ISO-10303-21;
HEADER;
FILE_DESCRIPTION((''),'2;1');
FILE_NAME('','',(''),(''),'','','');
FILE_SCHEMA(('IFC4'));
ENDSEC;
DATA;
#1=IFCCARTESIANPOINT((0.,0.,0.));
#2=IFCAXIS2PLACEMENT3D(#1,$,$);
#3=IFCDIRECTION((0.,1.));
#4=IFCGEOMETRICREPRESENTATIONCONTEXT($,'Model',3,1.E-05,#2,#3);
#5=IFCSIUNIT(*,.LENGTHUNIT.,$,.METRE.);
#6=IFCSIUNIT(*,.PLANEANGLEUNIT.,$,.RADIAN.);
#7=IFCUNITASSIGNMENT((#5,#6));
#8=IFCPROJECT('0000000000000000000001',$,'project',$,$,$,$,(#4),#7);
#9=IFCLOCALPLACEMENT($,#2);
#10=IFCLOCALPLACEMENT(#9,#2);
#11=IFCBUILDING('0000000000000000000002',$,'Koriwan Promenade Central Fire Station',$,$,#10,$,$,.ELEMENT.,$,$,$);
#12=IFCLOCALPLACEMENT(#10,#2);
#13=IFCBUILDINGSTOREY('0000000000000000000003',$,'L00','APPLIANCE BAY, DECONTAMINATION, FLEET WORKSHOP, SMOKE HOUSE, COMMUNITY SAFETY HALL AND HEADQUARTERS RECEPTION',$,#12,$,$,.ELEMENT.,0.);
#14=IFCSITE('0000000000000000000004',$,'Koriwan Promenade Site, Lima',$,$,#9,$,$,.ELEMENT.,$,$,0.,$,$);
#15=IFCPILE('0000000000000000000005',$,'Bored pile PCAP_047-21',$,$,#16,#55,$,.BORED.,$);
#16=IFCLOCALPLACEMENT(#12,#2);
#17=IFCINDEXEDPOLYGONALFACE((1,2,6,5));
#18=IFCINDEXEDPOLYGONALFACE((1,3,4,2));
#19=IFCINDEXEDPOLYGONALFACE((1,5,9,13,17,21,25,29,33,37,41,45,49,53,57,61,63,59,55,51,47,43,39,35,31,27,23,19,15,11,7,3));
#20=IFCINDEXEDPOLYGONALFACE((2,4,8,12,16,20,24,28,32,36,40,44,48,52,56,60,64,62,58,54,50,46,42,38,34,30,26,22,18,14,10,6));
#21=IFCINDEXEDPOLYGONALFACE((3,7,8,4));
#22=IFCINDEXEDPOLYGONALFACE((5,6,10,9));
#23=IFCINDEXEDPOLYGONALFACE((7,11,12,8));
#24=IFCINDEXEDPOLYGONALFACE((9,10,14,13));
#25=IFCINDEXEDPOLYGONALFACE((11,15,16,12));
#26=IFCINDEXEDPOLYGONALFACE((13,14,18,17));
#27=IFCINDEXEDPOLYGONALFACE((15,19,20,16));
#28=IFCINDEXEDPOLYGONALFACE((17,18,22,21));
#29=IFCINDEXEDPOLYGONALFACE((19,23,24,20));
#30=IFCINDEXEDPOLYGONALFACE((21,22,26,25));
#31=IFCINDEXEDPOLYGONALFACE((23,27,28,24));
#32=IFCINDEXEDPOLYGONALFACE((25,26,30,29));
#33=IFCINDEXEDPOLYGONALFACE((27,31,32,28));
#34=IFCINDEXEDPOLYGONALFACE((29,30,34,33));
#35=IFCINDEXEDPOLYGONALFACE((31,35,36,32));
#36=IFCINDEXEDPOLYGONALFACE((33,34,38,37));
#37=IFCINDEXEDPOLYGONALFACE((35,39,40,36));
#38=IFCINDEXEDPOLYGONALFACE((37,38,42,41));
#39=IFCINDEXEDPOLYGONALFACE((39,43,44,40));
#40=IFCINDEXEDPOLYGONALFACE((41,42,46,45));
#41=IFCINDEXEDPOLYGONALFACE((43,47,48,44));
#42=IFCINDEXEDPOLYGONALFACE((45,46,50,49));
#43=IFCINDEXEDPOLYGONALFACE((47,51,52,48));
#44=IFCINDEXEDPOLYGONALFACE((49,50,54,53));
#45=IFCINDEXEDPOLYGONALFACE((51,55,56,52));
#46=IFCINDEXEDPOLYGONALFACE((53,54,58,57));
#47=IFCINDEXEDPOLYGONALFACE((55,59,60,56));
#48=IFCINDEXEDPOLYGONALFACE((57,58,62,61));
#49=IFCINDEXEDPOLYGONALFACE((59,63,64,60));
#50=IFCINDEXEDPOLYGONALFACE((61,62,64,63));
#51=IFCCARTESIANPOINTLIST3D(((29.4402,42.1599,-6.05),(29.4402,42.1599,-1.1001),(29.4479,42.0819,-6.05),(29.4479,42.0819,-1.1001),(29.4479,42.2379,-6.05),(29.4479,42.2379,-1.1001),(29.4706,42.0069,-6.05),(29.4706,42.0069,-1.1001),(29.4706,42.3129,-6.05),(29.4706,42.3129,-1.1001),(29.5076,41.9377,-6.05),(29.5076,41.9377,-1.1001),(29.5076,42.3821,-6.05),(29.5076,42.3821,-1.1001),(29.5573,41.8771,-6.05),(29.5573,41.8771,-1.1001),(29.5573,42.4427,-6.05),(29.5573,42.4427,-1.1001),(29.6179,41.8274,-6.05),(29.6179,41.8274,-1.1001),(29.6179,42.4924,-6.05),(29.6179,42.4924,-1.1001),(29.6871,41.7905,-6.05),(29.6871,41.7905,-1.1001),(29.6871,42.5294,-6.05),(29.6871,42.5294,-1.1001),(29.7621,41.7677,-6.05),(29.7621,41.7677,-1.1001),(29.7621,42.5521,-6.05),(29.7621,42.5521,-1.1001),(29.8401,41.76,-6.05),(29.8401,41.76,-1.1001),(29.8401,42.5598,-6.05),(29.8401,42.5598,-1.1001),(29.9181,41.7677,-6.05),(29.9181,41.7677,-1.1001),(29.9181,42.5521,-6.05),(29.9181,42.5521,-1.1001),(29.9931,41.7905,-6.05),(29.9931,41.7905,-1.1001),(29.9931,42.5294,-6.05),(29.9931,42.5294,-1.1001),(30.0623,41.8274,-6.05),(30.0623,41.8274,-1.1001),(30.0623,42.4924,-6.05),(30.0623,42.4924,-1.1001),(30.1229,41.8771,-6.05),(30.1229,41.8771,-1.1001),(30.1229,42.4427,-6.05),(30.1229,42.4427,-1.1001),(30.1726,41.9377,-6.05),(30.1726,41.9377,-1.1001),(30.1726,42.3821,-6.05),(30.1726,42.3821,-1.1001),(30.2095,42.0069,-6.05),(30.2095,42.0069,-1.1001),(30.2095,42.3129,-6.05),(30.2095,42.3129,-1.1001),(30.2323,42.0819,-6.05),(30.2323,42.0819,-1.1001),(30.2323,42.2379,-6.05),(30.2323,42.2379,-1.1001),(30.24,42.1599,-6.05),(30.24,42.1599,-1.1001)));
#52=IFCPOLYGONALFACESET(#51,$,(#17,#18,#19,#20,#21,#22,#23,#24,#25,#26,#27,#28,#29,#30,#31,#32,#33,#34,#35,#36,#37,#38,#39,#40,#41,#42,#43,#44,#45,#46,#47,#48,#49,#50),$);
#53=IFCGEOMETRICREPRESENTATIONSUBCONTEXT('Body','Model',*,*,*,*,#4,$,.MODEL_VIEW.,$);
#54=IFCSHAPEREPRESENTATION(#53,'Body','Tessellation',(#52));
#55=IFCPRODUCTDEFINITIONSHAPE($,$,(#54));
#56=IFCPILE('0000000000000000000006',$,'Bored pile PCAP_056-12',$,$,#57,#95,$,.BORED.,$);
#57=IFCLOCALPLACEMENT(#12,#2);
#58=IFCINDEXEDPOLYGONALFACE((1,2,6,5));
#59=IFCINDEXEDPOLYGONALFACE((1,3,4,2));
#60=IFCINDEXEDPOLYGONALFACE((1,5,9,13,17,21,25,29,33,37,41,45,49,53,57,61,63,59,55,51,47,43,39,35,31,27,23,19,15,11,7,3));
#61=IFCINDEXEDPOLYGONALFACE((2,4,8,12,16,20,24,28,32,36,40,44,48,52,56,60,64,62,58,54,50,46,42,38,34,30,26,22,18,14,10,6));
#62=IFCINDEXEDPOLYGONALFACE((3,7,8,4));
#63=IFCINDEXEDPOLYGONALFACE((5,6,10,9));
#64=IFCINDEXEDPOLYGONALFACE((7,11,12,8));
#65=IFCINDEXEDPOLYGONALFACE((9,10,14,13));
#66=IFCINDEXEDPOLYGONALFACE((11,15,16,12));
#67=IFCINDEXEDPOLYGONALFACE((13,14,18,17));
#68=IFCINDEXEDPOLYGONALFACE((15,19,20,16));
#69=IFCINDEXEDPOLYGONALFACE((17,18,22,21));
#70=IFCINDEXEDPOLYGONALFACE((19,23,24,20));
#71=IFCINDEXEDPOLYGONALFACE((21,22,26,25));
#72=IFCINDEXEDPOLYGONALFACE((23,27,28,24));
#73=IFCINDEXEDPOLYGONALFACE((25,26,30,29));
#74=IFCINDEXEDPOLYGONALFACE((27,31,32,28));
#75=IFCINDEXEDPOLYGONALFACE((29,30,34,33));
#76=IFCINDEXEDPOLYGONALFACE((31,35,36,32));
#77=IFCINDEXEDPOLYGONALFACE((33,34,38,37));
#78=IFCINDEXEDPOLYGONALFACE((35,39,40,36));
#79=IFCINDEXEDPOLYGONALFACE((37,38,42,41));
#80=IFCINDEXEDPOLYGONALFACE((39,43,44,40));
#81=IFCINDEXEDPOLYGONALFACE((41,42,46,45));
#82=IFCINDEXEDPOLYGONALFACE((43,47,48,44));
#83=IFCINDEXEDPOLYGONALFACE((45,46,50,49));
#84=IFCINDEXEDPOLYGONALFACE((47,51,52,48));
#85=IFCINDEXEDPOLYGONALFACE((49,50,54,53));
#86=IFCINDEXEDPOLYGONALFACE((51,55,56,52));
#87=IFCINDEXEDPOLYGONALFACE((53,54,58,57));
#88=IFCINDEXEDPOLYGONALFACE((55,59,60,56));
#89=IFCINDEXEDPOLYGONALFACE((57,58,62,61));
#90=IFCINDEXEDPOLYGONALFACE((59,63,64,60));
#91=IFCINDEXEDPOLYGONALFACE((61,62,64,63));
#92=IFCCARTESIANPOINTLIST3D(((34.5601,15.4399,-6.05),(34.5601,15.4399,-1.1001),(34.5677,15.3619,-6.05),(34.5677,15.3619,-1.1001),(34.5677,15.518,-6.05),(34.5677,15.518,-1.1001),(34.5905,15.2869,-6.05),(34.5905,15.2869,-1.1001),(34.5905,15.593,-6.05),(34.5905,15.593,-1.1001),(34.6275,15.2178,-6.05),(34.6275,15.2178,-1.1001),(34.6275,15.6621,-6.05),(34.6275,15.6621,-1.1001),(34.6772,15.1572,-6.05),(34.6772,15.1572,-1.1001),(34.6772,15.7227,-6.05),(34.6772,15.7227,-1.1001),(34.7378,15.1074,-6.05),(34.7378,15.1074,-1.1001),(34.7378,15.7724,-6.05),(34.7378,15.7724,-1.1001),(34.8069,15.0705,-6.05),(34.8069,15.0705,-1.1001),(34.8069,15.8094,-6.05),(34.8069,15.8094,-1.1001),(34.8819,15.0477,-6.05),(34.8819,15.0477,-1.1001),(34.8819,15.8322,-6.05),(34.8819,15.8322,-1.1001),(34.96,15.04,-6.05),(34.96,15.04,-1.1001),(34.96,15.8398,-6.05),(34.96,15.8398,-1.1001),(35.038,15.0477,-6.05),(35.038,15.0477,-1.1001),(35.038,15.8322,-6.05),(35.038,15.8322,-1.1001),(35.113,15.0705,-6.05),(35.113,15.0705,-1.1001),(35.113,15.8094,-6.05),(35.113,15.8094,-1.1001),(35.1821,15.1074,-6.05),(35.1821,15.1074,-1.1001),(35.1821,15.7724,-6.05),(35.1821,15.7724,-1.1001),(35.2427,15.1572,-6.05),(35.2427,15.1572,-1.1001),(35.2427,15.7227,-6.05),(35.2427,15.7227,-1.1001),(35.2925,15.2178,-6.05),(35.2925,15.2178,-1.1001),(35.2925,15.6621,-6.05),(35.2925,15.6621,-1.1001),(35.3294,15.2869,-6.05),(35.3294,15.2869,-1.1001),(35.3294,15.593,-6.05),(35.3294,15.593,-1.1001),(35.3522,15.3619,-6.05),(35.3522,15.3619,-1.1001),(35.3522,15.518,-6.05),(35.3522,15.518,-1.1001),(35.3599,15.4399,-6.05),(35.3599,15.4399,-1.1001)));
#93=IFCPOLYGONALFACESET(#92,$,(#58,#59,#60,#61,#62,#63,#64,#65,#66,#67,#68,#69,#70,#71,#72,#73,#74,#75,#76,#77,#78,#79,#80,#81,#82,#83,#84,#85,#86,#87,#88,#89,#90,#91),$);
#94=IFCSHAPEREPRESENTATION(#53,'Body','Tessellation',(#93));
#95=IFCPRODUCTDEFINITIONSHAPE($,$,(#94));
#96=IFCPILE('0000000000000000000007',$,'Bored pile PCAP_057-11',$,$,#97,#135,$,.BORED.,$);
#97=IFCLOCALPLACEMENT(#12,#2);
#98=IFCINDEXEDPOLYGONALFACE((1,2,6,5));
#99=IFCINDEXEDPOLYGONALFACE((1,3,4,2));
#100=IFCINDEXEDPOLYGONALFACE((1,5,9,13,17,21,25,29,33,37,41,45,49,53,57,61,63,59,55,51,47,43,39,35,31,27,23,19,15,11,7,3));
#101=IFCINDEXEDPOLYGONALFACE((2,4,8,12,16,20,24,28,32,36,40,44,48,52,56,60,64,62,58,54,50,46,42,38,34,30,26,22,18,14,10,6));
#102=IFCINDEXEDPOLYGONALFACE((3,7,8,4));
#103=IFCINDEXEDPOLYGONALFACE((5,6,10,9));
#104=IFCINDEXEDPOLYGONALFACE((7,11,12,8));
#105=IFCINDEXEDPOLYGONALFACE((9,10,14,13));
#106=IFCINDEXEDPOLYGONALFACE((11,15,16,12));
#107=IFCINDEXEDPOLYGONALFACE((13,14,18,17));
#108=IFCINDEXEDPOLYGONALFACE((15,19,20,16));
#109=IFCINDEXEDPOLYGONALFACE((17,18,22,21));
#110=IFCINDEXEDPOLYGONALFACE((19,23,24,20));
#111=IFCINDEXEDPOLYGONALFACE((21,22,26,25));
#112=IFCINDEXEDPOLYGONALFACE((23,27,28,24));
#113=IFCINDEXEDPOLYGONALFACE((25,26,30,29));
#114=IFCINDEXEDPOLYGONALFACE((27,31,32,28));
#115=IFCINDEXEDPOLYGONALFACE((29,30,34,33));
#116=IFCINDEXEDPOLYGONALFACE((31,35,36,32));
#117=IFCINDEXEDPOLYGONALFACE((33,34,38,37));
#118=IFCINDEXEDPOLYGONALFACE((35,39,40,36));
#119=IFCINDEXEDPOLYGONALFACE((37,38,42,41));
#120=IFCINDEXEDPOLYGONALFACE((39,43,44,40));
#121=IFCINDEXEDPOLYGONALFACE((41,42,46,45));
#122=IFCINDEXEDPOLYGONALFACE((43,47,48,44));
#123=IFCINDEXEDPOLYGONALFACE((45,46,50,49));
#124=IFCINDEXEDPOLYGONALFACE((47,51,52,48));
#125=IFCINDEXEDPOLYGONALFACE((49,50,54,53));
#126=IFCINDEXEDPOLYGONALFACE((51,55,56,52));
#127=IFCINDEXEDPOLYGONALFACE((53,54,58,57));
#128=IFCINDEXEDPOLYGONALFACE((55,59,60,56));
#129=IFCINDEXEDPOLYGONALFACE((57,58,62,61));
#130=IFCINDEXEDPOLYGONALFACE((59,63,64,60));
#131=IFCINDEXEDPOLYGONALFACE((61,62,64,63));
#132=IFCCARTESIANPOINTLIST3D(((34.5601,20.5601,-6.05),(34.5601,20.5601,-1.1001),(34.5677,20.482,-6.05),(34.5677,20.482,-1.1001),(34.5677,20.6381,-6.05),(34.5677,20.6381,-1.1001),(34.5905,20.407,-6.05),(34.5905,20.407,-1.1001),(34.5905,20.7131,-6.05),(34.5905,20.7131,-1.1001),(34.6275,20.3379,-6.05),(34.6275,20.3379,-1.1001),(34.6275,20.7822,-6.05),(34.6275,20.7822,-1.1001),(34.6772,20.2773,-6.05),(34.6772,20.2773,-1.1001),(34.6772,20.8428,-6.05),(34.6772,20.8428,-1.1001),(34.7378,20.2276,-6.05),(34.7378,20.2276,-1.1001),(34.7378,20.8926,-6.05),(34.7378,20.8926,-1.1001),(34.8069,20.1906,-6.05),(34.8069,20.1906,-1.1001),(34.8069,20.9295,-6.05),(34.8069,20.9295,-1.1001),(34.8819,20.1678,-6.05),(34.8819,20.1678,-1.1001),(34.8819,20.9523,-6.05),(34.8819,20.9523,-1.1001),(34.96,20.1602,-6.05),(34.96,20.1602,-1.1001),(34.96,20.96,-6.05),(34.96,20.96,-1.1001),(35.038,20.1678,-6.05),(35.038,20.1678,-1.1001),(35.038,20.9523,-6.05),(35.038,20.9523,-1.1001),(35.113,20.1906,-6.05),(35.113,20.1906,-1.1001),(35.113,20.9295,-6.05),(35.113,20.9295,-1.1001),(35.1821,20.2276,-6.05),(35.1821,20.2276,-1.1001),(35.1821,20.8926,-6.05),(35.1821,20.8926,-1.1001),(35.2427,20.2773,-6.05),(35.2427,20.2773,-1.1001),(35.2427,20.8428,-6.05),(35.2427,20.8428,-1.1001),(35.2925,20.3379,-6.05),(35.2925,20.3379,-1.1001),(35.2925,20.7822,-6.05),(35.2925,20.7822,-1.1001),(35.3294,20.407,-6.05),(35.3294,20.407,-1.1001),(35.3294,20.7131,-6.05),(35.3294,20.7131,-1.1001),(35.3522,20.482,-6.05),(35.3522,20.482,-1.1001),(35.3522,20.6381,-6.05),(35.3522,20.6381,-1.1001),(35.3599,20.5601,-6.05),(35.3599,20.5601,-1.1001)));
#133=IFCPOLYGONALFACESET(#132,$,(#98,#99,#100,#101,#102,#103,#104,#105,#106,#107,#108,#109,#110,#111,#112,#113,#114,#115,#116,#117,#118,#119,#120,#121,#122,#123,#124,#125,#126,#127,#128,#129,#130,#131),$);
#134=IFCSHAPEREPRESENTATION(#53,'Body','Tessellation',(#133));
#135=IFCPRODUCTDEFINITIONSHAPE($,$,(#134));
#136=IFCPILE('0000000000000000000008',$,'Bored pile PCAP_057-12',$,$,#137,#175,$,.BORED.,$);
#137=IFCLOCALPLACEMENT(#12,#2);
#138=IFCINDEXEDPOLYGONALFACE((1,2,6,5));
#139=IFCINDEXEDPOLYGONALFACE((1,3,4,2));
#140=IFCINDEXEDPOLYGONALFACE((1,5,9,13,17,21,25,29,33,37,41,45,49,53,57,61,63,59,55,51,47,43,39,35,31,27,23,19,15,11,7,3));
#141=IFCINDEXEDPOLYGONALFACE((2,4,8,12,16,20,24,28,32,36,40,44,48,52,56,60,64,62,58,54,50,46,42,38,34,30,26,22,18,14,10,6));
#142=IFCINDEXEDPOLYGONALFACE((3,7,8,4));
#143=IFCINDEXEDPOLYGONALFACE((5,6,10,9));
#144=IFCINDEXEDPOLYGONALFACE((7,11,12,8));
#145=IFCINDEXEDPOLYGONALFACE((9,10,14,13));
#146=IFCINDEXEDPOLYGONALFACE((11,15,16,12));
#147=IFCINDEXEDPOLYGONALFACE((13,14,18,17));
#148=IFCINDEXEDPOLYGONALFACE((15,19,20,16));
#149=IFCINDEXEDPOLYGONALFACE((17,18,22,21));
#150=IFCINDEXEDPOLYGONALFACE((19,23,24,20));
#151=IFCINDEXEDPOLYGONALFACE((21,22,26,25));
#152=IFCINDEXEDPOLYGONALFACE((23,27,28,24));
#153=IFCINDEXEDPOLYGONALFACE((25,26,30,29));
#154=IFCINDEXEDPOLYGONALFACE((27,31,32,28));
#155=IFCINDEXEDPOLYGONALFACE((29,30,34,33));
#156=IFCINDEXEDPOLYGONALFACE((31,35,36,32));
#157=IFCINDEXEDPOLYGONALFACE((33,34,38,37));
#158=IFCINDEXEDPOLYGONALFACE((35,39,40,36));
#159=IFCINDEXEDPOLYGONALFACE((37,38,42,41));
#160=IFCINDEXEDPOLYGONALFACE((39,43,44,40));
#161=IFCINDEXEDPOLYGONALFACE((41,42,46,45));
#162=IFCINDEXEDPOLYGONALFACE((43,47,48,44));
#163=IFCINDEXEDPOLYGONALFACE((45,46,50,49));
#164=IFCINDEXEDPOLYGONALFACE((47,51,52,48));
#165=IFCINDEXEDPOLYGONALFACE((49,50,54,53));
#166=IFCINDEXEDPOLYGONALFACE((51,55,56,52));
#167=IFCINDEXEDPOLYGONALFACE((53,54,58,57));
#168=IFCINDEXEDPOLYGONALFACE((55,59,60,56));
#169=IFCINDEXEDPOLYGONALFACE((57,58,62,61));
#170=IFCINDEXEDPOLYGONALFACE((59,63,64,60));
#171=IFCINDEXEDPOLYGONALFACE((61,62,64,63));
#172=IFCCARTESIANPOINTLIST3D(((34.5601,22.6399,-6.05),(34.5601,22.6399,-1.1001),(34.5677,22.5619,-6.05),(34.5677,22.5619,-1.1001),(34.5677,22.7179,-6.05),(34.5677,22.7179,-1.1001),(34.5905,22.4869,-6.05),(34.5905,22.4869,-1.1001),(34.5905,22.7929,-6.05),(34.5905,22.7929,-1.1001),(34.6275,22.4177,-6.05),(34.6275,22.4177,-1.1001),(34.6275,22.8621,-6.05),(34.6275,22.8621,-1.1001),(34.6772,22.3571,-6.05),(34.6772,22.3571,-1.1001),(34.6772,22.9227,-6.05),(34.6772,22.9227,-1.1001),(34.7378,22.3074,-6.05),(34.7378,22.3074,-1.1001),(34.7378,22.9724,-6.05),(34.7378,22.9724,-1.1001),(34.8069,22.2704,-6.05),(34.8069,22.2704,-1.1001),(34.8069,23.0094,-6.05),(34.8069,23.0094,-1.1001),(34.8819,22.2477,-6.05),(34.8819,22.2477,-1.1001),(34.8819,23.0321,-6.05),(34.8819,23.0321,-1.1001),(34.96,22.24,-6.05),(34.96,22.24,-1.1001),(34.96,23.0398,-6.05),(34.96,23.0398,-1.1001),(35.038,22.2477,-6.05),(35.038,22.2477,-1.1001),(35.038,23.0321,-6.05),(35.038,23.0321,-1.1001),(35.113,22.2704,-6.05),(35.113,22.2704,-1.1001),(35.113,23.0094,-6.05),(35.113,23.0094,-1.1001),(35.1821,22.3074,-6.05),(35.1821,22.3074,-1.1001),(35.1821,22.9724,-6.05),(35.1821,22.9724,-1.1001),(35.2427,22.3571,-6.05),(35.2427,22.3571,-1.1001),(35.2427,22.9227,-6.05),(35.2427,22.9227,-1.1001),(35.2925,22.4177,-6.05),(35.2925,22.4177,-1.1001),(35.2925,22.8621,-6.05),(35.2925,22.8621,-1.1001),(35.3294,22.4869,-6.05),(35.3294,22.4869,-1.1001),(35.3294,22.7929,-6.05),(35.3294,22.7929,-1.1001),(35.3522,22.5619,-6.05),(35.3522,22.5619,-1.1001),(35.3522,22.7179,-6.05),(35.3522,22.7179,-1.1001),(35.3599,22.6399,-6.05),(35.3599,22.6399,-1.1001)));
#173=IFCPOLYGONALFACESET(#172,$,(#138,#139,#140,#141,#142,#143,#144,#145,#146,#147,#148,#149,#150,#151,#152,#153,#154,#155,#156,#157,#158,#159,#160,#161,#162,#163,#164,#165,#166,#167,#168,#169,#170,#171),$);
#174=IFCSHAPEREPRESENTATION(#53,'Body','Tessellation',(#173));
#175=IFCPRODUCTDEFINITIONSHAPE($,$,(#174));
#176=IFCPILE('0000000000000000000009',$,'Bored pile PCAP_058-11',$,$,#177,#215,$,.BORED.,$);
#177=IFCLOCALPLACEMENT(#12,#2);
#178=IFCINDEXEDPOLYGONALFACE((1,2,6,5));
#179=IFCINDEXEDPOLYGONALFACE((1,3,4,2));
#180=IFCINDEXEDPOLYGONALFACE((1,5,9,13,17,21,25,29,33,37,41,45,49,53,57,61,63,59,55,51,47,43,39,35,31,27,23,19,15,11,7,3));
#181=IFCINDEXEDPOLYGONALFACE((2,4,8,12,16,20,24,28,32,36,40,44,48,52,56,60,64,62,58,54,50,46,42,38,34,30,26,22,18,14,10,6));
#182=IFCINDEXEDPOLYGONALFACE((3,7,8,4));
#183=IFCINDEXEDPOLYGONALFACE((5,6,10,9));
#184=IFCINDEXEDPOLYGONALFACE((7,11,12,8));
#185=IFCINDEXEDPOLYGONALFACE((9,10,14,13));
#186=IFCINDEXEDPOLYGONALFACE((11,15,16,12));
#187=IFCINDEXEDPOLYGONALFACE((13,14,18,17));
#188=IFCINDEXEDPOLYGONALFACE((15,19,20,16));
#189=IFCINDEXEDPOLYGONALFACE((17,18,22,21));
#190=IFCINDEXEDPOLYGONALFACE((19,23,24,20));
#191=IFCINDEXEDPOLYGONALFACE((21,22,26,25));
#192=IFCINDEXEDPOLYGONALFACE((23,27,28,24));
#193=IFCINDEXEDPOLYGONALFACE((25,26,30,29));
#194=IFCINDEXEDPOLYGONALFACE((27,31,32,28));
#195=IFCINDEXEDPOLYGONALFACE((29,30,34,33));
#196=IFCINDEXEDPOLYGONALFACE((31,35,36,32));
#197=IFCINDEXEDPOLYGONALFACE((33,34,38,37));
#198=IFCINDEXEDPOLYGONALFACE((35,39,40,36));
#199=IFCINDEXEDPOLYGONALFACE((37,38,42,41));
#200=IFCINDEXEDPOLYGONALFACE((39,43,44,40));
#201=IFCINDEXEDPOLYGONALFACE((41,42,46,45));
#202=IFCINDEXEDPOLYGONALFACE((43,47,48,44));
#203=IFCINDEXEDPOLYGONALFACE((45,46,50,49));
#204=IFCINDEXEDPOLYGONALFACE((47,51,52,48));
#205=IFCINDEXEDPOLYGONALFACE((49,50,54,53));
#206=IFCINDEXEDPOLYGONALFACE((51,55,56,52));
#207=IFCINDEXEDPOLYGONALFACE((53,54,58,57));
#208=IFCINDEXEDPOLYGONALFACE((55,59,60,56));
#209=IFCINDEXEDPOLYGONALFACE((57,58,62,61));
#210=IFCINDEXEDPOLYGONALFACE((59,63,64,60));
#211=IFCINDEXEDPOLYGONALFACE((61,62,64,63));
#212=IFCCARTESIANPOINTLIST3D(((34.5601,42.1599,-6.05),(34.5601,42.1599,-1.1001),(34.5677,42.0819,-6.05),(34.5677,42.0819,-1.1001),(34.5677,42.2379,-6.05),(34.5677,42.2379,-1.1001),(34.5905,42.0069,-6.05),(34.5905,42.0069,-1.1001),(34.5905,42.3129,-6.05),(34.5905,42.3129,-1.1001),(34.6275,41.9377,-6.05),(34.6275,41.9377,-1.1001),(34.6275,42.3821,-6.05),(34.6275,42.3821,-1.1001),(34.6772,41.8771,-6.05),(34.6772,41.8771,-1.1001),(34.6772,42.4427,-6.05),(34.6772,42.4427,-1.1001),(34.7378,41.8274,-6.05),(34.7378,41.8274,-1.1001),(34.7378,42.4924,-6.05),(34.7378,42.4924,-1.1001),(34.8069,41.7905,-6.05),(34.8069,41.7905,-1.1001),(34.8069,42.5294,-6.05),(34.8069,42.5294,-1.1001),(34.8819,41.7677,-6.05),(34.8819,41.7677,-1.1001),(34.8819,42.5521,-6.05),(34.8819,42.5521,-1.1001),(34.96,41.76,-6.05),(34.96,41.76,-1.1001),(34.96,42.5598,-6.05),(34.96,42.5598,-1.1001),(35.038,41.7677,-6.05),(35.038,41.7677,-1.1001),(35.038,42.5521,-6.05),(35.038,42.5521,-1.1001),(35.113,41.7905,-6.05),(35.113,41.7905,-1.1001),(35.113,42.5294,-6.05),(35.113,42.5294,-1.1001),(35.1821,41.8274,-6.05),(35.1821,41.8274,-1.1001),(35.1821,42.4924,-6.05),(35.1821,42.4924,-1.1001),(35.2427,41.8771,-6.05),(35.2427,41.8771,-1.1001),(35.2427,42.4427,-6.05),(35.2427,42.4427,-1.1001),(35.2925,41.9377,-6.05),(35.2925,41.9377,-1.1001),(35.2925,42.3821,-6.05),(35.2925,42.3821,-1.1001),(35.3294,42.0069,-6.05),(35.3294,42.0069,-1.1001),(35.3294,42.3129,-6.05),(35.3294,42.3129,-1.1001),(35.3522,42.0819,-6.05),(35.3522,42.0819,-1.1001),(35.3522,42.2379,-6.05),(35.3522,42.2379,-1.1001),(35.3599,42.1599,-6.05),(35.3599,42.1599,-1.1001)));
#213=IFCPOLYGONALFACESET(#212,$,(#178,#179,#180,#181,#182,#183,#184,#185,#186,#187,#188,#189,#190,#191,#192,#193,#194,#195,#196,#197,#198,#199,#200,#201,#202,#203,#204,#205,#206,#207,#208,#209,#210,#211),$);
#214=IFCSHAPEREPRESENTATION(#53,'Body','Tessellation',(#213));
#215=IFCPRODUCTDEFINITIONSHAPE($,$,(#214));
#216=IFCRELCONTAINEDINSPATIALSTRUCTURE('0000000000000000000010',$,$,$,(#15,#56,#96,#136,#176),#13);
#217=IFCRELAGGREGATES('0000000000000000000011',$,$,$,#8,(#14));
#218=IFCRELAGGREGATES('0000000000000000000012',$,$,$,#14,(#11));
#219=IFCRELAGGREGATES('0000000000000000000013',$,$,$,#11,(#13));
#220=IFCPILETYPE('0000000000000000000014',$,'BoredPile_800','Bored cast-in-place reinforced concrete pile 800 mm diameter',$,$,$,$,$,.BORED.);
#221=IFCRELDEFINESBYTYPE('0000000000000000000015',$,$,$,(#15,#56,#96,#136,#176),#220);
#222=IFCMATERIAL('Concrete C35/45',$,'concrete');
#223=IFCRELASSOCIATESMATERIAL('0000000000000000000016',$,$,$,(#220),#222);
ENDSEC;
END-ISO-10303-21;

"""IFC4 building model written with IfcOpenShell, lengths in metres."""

from ifc_helpers import new_model, si_unit, direction, frame, origin, origin_2d, place, context, subcontext, project, spatial, circle, extrude, material, material_profile, profile_set, type_object, element, save


model = new_model("IFC4")

# Units and contexts
model_context = context("Model", 3, precision=1e-05, world=origin(), true_north=direction((0.0, 1.0)))
body_context = subcontext(model_context, "Body", "Model", "MODEL_VIEW")
ifc_project = project(units=[si_unit("LENGTHUNIT", "METRE"), si_unit("PLANEANGLEUNIT", "RADIAN")], contexts=[model_context])

# Site, building, storey
site_placement = place(None, origin())
site = spatial("IfcSite", under=ifc_project, at=site_placement, Name="Koriwan Promenade Site, Lima", CompositionType="ELEMENT", RefElevation=0.0)
building_placement = place(site_placement, origin())
building = spatial("IfcBuilding", under=site, at=building_placement, Name="Koriwan Promenade Central Fire Station", CompositionType="ELEMENT")
storey_placement = place(building_placement, origin())
storey = spatial("IfcBuildingStorey", under=building, at=storey_placement, Name="L00", Description="APPLIANCE BAY, DECONTAMINATION, FLEET WORKSHOP, SMOKE HOUSE, COMMUNITY SAFETY HALL AND HEADQUARTERS RECEPTION", CompositionType="ELEMENT", Elevation=0.0)

# Piles
ifc_material_1 = material(Name="Concrete C35/45", Category="concrete")
ifc_material_profile_1 = material_profile(ifc_material_1, circle(Radius=0.3999, at=origin_2d()), Name="PILE-D800")
ifc_profile_set_1 = profile_set([ifc_material_profile_1], Name="Concrete C35/45")
pile_type = type_object("IfcPileType", Name="BoredPile_800", Description="Bored cast-in-place reinforced concrete pile 800 mm diameter", PredefinedType="BORED", material=ifc_profile_set_1)
for number, where, z_axis, x_axis, name in (
    (1, (29.8401, 42.1599, -1.1001), (0.0, 0.0, -1.0), (1.0, 0.0, 0.0), "Bored pile PCAP_047-21"),
    (2, (34.96, 15.4399, -1.1001), (0.0, 0.0, -1.0), (1.0, 0.0, 0.0), "Bored pile PCAP_056-12"),
    (3, (34.96, 20.5601, -1.1001), (0.0, 0.0, -1.0), (1.0, 0.0, 0.0), "Bored pile PCAP_057-11"),
    (4, (34.96, 22.6399, -1.1001), (0.0, 0.0, -1.0), (1.0, 0.0, 0.0), "Bored pile PCAP_057-12"),
    (5, (34.96, 42.1599, -1.1001), (0.0, 0.0, -1.0), (1.0, 0.0, 0.0), "Bored pile PCAP_058-11"),
):
    element("IfcPile", number, at=place(storey_placement, frame(where, z_axis=z_axis, x_axis=x_axis)), inside=storey, type_object=pile_type, Name=name, PredefinedType="BORED", context=body_context, shape_type="SweptSolid", body=[
        extrude(circle(Radius=0.3999, at=origin_2d()), origin(), (0.0, 0.0, 1.0), 4.95),
    ])

save(model, "model.ifc")
